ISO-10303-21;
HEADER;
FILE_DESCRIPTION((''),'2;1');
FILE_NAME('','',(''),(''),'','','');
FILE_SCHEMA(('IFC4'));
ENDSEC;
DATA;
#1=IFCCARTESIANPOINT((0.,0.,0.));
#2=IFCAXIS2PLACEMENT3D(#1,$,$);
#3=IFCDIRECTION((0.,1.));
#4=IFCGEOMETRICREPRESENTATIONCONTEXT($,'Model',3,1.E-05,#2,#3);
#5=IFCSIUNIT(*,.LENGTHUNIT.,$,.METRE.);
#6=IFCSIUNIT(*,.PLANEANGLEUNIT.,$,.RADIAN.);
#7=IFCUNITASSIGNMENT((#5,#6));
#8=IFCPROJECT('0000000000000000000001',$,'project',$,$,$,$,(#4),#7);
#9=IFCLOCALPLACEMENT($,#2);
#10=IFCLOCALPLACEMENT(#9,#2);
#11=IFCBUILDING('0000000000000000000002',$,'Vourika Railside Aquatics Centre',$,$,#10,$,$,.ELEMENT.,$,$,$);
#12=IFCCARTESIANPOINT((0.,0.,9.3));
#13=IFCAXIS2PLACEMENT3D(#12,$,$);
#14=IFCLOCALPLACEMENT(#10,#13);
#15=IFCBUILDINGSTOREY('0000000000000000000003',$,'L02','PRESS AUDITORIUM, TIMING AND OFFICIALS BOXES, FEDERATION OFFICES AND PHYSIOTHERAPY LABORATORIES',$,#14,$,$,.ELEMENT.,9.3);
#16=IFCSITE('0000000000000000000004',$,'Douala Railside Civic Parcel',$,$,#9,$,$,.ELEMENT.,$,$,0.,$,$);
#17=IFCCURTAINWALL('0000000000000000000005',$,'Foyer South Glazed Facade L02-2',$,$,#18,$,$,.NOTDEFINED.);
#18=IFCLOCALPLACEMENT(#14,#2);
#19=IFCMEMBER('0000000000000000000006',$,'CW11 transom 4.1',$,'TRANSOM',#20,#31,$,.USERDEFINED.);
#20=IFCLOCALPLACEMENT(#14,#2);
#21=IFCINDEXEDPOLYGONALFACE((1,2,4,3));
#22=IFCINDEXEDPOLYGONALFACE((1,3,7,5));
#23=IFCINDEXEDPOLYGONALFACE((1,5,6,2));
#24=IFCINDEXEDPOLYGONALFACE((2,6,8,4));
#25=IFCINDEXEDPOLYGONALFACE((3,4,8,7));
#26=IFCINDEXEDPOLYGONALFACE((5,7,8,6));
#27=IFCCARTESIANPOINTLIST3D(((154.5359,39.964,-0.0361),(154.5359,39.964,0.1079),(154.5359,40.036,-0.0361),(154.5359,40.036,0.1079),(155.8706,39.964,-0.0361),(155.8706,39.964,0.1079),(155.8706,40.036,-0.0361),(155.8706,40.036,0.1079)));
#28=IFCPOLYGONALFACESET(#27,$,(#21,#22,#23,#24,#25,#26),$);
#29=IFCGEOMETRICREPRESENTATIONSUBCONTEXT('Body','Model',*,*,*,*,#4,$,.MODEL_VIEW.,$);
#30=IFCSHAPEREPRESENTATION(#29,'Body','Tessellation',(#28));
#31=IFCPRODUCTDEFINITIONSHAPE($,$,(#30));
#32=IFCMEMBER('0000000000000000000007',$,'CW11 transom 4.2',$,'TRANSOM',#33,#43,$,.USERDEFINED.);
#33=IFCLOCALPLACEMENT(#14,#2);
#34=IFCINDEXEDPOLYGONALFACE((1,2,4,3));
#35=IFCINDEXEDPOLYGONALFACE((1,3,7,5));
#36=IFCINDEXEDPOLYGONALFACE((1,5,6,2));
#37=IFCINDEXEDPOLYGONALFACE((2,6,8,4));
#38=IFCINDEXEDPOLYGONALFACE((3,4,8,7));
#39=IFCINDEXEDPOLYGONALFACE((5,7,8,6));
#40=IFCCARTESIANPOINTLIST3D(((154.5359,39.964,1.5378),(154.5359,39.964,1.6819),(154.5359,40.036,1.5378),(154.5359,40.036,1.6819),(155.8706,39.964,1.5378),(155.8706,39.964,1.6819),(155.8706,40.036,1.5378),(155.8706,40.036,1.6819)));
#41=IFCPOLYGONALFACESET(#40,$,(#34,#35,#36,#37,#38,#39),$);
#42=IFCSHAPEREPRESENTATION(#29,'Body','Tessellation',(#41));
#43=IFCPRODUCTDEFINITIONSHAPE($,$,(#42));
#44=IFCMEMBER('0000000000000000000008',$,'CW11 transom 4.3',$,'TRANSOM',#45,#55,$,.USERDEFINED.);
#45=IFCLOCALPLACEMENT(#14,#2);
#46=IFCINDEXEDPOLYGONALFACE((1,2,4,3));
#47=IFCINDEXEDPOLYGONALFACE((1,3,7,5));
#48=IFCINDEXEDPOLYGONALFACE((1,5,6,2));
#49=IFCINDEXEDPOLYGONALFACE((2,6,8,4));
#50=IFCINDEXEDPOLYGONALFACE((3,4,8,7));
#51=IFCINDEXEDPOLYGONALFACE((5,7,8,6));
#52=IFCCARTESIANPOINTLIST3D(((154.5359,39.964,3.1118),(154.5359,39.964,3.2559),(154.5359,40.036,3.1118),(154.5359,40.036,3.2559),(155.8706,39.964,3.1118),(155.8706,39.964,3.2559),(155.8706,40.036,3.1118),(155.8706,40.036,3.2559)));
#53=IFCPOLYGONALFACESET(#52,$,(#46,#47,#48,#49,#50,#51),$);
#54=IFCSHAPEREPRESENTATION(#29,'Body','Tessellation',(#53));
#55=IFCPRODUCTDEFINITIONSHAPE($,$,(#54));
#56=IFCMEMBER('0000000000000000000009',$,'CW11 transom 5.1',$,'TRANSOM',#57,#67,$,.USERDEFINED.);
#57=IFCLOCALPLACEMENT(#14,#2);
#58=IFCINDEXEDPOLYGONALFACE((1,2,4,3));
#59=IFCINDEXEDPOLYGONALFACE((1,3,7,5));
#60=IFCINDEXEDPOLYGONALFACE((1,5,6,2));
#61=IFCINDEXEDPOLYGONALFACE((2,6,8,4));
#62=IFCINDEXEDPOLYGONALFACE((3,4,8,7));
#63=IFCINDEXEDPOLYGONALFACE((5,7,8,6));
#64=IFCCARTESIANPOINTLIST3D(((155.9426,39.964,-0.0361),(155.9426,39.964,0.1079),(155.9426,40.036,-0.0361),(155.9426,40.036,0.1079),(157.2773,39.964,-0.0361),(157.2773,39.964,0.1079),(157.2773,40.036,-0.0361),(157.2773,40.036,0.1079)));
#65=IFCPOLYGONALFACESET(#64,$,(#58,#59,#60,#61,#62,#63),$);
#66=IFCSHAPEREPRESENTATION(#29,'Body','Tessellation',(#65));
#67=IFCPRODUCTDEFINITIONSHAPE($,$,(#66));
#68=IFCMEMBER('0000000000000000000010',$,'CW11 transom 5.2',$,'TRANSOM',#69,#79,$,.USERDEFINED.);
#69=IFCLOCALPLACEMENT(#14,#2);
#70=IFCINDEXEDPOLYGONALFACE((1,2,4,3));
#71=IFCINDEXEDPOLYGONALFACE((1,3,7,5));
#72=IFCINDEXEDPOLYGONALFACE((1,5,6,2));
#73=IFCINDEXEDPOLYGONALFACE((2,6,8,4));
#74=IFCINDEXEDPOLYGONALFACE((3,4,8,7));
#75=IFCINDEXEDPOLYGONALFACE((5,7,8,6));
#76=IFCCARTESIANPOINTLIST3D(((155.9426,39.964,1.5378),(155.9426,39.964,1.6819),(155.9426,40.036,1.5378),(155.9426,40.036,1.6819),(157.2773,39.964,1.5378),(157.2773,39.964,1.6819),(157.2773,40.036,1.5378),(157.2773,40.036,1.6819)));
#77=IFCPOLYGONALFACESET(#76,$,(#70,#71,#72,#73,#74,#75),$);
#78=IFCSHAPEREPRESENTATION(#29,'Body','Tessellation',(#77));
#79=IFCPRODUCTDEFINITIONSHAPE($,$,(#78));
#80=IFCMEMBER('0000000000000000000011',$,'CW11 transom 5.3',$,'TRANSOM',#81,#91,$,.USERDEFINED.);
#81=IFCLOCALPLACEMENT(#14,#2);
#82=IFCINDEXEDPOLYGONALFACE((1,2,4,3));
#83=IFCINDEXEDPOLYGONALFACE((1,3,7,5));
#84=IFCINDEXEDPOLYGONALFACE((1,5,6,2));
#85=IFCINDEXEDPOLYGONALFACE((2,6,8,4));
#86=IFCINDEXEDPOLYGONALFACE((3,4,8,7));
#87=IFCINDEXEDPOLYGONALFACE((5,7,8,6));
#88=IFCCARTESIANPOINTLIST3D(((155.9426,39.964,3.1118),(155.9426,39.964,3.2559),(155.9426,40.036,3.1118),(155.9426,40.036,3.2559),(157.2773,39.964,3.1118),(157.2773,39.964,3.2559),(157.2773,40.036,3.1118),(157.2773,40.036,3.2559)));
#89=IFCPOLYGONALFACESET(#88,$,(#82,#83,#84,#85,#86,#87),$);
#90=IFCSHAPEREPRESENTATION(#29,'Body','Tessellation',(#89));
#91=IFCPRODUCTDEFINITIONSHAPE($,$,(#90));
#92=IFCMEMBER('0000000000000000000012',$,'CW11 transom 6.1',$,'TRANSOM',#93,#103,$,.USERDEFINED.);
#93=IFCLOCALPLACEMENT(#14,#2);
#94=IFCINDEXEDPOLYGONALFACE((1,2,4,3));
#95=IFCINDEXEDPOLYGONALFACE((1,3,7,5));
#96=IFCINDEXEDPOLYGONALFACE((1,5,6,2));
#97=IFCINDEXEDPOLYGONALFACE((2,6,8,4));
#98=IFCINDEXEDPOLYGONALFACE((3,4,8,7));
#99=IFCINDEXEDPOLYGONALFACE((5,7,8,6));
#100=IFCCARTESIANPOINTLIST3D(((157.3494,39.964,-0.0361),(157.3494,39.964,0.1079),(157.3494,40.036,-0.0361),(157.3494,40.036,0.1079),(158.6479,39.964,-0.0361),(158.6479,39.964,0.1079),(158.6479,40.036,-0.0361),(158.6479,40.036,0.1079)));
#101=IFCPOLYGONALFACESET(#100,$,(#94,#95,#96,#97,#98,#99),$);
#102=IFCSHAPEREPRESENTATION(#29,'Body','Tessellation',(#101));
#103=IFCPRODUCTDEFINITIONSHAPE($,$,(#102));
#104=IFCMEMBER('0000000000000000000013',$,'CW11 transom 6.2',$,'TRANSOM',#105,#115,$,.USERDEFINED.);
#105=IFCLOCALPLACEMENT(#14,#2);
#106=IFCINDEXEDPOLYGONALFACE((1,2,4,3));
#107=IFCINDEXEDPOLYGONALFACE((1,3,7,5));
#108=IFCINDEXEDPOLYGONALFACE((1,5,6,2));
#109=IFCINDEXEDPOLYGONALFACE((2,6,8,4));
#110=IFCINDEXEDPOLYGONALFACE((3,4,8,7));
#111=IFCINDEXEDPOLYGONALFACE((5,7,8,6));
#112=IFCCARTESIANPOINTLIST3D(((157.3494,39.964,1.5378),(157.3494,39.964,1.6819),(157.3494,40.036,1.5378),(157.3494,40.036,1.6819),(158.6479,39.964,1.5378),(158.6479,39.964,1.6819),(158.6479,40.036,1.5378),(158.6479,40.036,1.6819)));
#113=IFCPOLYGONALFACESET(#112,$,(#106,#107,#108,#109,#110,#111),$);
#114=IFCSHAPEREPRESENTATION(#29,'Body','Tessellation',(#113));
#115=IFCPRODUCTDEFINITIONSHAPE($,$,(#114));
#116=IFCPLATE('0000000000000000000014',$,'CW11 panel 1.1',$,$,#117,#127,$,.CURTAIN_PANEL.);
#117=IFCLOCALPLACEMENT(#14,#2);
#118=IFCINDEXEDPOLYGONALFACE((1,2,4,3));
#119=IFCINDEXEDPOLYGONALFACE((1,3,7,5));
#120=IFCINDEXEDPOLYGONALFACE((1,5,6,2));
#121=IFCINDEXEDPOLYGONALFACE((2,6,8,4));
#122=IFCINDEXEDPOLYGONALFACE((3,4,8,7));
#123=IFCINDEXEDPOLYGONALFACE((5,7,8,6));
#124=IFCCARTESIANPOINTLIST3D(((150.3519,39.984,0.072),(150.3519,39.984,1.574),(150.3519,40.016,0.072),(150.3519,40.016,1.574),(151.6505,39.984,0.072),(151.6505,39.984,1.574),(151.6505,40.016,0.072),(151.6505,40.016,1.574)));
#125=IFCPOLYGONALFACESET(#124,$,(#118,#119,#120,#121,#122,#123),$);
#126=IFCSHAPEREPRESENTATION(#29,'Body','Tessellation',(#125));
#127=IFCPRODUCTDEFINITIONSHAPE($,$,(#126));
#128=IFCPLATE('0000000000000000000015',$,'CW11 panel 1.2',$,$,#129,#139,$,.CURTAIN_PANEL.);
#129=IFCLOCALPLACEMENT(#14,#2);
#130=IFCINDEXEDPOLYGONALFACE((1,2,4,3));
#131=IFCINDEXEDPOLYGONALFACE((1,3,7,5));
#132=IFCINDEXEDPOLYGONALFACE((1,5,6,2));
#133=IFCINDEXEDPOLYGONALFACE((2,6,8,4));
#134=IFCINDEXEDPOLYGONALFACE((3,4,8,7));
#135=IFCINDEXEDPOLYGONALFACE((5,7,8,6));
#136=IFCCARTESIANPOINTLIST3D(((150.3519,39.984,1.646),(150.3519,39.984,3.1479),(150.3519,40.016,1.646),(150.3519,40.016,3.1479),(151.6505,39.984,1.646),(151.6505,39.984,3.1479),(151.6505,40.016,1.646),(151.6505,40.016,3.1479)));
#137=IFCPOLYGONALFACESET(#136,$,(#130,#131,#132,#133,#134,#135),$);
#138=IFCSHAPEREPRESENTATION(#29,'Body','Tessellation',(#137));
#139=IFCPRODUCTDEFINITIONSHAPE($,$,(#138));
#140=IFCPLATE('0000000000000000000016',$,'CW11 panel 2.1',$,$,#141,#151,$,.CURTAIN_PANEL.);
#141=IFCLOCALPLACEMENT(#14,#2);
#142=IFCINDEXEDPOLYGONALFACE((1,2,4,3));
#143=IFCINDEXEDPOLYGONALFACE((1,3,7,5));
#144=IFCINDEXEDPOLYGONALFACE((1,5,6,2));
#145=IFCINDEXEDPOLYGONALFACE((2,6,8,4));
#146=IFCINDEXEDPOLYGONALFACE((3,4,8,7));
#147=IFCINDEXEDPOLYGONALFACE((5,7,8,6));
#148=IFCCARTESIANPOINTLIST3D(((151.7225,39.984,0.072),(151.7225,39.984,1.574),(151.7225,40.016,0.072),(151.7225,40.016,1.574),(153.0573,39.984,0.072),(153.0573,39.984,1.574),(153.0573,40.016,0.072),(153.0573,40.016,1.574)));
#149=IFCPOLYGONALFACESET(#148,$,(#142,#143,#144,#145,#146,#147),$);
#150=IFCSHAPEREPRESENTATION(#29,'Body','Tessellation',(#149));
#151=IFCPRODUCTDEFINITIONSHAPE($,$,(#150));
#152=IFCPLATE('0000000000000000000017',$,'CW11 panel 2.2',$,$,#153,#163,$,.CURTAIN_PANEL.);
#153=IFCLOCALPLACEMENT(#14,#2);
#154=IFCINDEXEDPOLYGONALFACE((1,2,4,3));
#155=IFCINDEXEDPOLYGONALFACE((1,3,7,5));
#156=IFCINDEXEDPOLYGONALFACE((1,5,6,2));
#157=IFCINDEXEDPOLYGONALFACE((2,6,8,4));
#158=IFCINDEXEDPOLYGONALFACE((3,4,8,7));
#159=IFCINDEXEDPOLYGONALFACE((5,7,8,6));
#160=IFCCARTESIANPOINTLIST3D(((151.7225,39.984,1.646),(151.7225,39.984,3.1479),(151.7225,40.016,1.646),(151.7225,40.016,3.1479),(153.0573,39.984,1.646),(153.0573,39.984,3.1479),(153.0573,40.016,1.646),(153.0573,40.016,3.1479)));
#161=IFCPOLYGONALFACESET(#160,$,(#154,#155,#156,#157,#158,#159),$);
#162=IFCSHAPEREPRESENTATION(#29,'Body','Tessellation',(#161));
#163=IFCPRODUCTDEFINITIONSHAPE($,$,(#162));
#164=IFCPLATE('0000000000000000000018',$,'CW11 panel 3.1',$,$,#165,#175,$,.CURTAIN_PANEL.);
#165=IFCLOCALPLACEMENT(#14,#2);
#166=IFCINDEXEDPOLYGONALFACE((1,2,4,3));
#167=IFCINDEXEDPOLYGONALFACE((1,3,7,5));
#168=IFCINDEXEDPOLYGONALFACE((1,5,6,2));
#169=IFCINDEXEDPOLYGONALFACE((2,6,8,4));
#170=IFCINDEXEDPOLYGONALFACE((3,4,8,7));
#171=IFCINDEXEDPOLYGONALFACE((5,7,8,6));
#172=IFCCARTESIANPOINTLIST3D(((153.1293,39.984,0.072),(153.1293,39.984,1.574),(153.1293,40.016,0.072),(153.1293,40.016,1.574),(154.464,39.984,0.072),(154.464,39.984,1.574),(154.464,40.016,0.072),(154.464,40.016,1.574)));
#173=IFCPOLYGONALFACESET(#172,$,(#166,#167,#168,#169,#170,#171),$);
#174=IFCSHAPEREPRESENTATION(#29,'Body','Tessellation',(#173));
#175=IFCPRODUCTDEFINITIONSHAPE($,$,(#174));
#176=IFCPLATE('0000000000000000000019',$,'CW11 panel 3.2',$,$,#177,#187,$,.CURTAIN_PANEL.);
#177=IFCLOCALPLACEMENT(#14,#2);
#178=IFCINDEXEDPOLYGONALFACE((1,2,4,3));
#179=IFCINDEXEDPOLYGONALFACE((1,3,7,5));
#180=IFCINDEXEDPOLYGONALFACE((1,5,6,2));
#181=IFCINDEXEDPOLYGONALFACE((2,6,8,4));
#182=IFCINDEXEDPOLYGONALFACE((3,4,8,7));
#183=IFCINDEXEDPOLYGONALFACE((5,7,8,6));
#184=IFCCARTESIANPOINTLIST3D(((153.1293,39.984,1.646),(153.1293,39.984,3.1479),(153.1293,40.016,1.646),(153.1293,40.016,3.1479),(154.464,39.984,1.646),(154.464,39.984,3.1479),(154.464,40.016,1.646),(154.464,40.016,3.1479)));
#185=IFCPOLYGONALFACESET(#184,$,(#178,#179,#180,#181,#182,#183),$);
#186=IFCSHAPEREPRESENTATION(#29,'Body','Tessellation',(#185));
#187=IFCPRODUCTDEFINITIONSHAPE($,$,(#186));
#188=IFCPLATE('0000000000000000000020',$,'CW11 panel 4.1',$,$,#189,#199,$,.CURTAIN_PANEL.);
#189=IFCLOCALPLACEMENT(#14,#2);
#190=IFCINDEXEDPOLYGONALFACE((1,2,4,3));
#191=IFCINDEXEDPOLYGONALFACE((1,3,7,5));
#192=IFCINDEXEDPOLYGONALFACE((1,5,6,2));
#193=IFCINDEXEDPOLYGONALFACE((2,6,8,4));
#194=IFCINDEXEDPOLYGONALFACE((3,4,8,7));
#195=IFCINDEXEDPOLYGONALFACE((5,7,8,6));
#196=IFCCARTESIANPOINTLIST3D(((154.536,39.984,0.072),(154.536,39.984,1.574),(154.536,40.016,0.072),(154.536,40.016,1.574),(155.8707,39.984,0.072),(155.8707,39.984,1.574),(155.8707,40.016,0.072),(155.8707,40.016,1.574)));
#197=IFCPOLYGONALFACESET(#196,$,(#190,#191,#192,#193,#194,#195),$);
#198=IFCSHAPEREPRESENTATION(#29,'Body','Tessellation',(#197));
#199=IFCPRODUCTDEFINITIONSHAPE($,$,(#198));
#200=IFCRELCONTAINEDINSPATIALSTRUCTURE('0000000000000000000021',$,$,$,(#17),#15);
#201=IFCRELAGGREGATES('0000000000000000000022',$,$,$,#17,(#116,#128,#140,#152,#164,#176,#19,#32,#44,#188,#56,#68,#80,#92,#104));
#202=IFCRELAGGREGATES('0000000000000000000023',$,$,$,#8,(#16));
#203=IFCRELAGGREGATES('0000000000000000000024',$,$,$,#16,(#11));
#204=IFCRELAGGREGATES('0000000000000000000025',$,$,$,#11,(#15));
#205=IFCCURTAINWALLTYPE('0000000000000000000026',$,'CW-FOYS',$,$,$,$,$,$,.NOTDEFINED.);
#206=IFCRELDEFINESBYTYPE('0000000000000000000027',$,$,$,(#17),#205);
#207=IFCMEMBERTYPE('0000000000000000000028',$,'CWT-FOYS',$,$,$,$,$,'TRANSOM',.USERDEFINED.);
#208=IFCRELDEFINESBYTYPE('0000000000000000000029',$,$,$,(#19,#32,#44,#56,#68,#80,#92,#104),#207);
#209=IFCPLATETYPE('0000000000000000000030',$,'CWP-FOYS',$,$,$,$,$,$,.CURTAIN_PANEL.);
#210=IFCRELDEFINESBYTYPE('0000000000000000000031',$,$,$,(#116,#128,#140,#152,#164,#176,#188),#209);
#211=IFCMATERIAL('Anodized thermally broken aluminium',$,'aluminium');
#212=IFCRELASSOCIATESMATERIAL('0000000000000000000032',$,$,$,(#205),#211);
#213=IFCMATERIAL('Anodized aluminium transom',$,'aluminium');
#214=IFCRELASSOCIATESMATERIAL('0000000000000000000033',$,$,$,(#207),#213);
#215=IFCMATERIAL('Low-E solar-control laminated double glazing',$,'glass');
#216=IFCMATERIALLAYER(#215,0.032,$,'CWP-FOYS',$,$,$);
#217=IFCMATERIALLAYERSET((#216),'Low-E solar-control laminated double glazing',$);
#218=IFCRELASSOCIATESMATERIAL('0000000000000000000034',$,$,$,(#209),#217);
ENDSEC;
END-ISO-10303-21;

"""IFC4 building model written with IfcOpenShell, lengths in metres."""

from ifc_helpers import new_model, si_unit, direction, frame, origin, origin_2d, place, context, subcontext, project, spatial, rectangle, extrude, material, layer, layer_set, material_profile, profile_set, type_object, element, aggregate, save


model = new_model("IFC4")

# Units and contexts
model_context = context("Model", 3, precision=1e-05, world=origin(), true_north=direction((0.0, 1.0)))
body_context = subcontext(model_context, "Body", "Model", "MODEL_VIEW")
ifc_project = project(units=[si_unit("LENGTHUNIT", "METRE"), si_unit("PLANEANGLEUNIT", "RADIAN")], contexts=[model_context])

# Site, building, storey
site_placement = place(None, origin())
site = spatial("IfcSite", under=ifc_project, at=site_placement, Name="Douala Railside Civic Parcel", CompositionType="ELEMENT", RefElevation=0.0)
building_placement = place(site_placement, origin())
building = spatial("IfcBuilding", under=site, at=building_placement, Name="Vourika Railside Aquatics Centre", CompositionType="ELEMENT")
storey_placement = place(building_placement, frame((0.0, 0.0, 9.3)))
storey = spatial("IfcBuildingStorey", under=building, at=storey_placement, Name="L02", Description="PRESS AUDITORIUM, TIMING AND OFFICIALS BOXES, FEDERATION OFFICES AND PHYSIOTHERAPY LABORATORIES", CompositionType="ELEMENT", Elevation=9.3)

# Curtain wall, members, plates
ifc_material_1 = material(Name="Anodized thermally broken aluminium", Category="aluminium")
curtain_wall_type = type_object("IfcCurtainWallType", Name="CW-FOYS", PredefinedType="NOTDEFINED", material=ifc_material_1)
curtain_wall_placement = place(storey_placement, origin())
curtain_wall = element("IfcCurtainWall", 1, at=curtain_wall_placement, inside=storey, type_object=curtain_wall_type, Name="Foyer South Glazed Facade L02-2", PredefinedType="NOTDEFINED")
ifc_material_2 = material(Name="Anodized aluminium transom", Category="aluminium")
ifc_material_profile_1 = material_profile(ifc_material_2, rectangle(XDim=0.072, YDim=0.144, at=origin_2d()), Name="ALU-T 72x144")
ifc_profile_set_1 = profile_set([ifc_material_profile_1], Name="Anodized aluminium transom")
member_type_1 = type_object("IfcMemberType", Name="CWT-FOYS", ElementType="TRANSOM", PredefinedType="USERDEFINED", material=ifc_profile_set_1)
member_1_placement = place(storey_placement, frame((154.5359, 40.0, 0.0359), z_axis=(1.0, 0.0, 0.0), x_axis=(0.0, 1.0, 0.0)))
member_1 = element("IfcMember", 2, at=member_1_placement, type_object=member_type_1, Name="CW11 transom 4.1", ObjectType="TRANSOM", PredefinedType="USERDEFINED", context=body_context, shape_type="SweptSolid", body=[
    extrude(rectangle(XDim=0.072, YDim=0.144, at=origin_2d()), origin(), (0.0, 0.0, 1.0), 1.3347),
])
member_2_placement = place(storey_placement, frame((154.5359, 40.0, 1.6099), z_axis=(1.0, 0.0, 0.0), x_axis=(0.0, 1.0, 0.0)))
member_2 = element("IfcMember", 3, at=member_2_placement, type_object=member_type_1, Name="CW11 transom 4.2", ObjectType="TRANSOM", PredefinedType="USERDEFINED", context=body_context, shape_type="SweptSolid", body=[
    extrude(rectangle(XDim=0.072, YDim=0.144, at=origin_2d()), origin(), (0.0, 0.0, 1.0), 1.3347),
])
member_3_placement = place(storey_placement, frame((154.5359, 40.0, 3.1838), z_axis=(1.0, 0.0, 0.0), x_axis=(0.0, 1.0, 0.0)))
member_3 = element("IfcMember", 4, at=member_3_placement, type_object=member_type_1, Name="CW11 transom 4.3", ObjectType="TRANSOM", PredefinedType="USERDEFINED", context=body_context, shape_type="SweptSolid", body=[
    extrude(rectangle(XDim=0.072, YDim=0.144, at=origin_2d()), origin(), (0.0, 0.0, 1.0), 1.3347),
])
member_4_placement = place(storey_placement, frame((155.9426, 40.0, 0.0359), z_axis=(1.0, 0.0, 0.0), x_axis=(0.0, 1.0, 0.0)))
member_4 = element("IfcMember", 5, at=member_4_placement, type_object=member_type_1, Name="CW11 transom 5.1", ObjectType="TRANSOM", PredefinedType="USERDEFINED", context=body_context, shape_type="SweptSolid", body=[
    extrude(rectangle(XDim=0.072, YDim=0.144, at=origin_2d()), origin(), (0.0, 0.0, 1.0), 1.3347),
])
member_5_placement = place(storey_placement, frame((155.9426, 40.0, 1.6099), z_axis=(1.0, 0.0, 0.0), x_axis=(0.0, 1.0, 0.0)))
member_5 = element("IfcMember", 6, at=member_5_placement, type_object=member_type_1, Name="CW11 transom 5.2", ObjectType="TRANSOM", PredefinedType="USERDEFINED", context=body_context, shape_type="SweptSolid", body=[
    extrude(rectangle(XDim=0.072, YDim=0.144, at=origin_2d()), origin(), (0.0, 0.0, 1.0), 1.3347),
])
member_6_placement = place(storey_placement, frame((155.9426, 40.0, 3.1838), z_axis=(1.0, 0.0, 0.0), x_axis=(0.0, 1.0, 0.0)))
member_6 = element("IfcMember", 7, at=member_6_placement, type_object=member_type_1, Name="CW11 transom 5.3", ObjectType="TRANSOM", PredefinedType="USERDEFINED", context=body_context, shape_type="SweptSolid", body=[
    extrude(rectangle(XDim=0.072, YDim=0.144, at=origin_2d()), origin(), (0.0, 0.0, 1.0), 1.3347),
])
member_7_placement = place(storey_placement, frame((157.3494, 40.0, 0.0359), z_axis=(1.0, 0.0, 0.0), x_axis=(0.0, 1.0, 0.0)))
member_7 = element("IfcMember", 8, at=member_7_placement, type_object=member_type_1, Name="CW11 transom 6.1", ObjectType="TRANSOM", PredefinedType="USERDEFINED", context=body_context, shape_type="SweptSolid", body=[
    extrude(rectangle(XDim=0.072, YDim=0.144, at=origin_2d()), origin(), (0.0, 0.0, 1.0), 1.2986),
])
member_8_placement = place(storey_placement, frame((157.3494, 40.0, 1.6099), z_axis=(1.0, 0.0, 0.0), x_axis=(0.0, 1.0, 0.0)))
member_8 = element("IfcMember", 9, at=member_8_placement, type_object=member_type_1, Name="CW11 transom 6.2", ObjectType="TRANSOM", PredefinedType="USERDEFINED", context=body_context, shape_type="SweptSolid", body=[
    extrude(rectangle(XDim=0.072, YDim=0.144, at=origin_2d()), origin(), (0.0, 0.0, 1.0), 1.2986),
])
ifc_material_3 = material(Name="Low-E solar-control laminated double glazing", Category="glass")
ifc_layer_1 = layer(ifc_material_3, 0.032, Name="CWP-FOYS")
ifc_layer_set_1 = layer_set([ifc_layer_1], Name="Low-E solar-control laminated double glazing")
plate_type = type_object("IfcPlateType", Name="CWP-FOYS", PredefinedType="CURTAIN_PANEL", material=ifc_layer_set_1)
plate_1_placement = place(storey_placement, frame((151.0012, 40.0, 0.072), z_axis=(0.0, 0.0, 1.0), x_axis=(1.0, 0.0, 0.0)))
plate_1 = element("IfcPlate", 10, at=plate_1_placement, type_object=plate_type, Name="CW11 panel 1.1", PredefinedType="CURTAIN_PANEL", context=body_context, shape_type="SweptSolid", body=[
    extrude(rectangle(XDim=1.2986, YDim=0.032, at=origin_2d()), origin(), (0.0, 0.0, 1.0), 1.502),
])
plate_2_placement = place(storey_placement, frame((151.0012, 40.0, 1.646), z_axis=(0.0, 0.0, 1.0), x_axis=(1.0, 0.0, 0.0)))
plate_2 = element("IfcPlate", 11, at=plate_2_placement, type_object=plate_type, Name="CW11 panel 1.2", PredefinedType="CURTAIN_PANEL", context=body_context, shape_type="SweptSolid", body=[
    extrude(rectangle(XDim=1.2986, YDim=0.032, at=origin_2d()), origin(), (0.0, 0.0, 1.0), 1.502),
])
plate_3_placement = place(storey_placement, frame((152.3899, 40.0, 0.072), z_axis=(0.0, 0.0, 1.0), x_axis=(1.0, 0.0, 0.0)))
plate_3 = element("IfcPlate", 12, at=plate_3_placement, type_object=plate_type, Name="CW11 panel 2.1", PredefinedType="CURTAIN_PANEL", context=body_context, shape_type="SweptSolid", body=[
    extrude(rectangle(XDim=1.3347, YDim=0.032, at=origin_2d()), origin(), (0.0, 0.0, 1.0), 1.502),
])
plate_4_placement = place(storey_placement, frame((152.3899, 40.0, 1.646), z_axis=(0.0, 0.0, 1.0), x_axis=(1.0, 0.0, 0.0)))
plate_4 = element("IfcPlate", 13, at=plate_4_placement, type_object=plate_type, Name="CW11 panel 2.2", PredefinedType="CURTAIN_PANEL", context=body_context, shape_type="SweptSolid", body=[
    extrude(rectangle(XDim=1.3347, YDim=0.032, at=origin_2d()), origin(), (0.0, 0.0, 1.0), 1.502),
])
plate_5_placement = place(storey_placement, frame((153.7966, 40.0, 0.072), z_axis=(0.0, 0.0, 1.0), x_axis=(1.0, 0.0, 0.0)))
plate_5 = element("IfcPlate", 14, at=plate_5_placement, type_object=plate_type, Name="CW11 panel 3.1", PredefinedType="CURTAIN_PANEL", context=body_context, shape_type="SweptSolid", body=[
    extrude(rectangle(XDim=1.3347, YDim=0.032, at=origin_2d()), origin(), (0.0, 0.0, 1.0), 1.502),
])
plate_6_placement = place(storey_placement, frame((153.7966, 40.0, 1.646), z_axis=(0.0, 0.0, 1.0), x_axis=(1.0, 0.0, 0.0)))
plate_6 = element("IfcPlate", 15, at=plate_6_placement, type_object=plate_type, Name="CW11 panel 3.2", PredefinedType="CURTAIN_PANEL", context=body_context, shape_type="SweptSolid", body=[
    extrude(rectangle(XDim=1.3347, YDim=0.032, at=origin_2d()), origin(), (0.0, 0.0, 1.0), 1.502),
])
plate_7_placement = place(storey_placement, frame((155.2034, 40.0, 0.072), z_axis=(0.0, 0.0, 1.0), x_axis=(1.0, 0.0, 0.0)))
plate_7 = element("IfcPlate", 16, at=plate_7_placement, type_object=plate_type, Name="CW11 panel 4.1", PredefinedType="CURTAIN_PANEL", context=body_context, shape_type="SweptSolid", body=[
    extrude(rectangle(XDim=1.3347, YDim=0.032, at=origin_2d()), origin(), (0.0, 0.0, 1.0), 1.502),
])
aggregate(curtain_wall, [plate_1, plate_2, plate_3, plate_4, plate_5, plate_6, member_1, member_2, member_3, plate_7, member_4, member_5, member_6, member_7, member_8])

save(model, "model.ifc")
